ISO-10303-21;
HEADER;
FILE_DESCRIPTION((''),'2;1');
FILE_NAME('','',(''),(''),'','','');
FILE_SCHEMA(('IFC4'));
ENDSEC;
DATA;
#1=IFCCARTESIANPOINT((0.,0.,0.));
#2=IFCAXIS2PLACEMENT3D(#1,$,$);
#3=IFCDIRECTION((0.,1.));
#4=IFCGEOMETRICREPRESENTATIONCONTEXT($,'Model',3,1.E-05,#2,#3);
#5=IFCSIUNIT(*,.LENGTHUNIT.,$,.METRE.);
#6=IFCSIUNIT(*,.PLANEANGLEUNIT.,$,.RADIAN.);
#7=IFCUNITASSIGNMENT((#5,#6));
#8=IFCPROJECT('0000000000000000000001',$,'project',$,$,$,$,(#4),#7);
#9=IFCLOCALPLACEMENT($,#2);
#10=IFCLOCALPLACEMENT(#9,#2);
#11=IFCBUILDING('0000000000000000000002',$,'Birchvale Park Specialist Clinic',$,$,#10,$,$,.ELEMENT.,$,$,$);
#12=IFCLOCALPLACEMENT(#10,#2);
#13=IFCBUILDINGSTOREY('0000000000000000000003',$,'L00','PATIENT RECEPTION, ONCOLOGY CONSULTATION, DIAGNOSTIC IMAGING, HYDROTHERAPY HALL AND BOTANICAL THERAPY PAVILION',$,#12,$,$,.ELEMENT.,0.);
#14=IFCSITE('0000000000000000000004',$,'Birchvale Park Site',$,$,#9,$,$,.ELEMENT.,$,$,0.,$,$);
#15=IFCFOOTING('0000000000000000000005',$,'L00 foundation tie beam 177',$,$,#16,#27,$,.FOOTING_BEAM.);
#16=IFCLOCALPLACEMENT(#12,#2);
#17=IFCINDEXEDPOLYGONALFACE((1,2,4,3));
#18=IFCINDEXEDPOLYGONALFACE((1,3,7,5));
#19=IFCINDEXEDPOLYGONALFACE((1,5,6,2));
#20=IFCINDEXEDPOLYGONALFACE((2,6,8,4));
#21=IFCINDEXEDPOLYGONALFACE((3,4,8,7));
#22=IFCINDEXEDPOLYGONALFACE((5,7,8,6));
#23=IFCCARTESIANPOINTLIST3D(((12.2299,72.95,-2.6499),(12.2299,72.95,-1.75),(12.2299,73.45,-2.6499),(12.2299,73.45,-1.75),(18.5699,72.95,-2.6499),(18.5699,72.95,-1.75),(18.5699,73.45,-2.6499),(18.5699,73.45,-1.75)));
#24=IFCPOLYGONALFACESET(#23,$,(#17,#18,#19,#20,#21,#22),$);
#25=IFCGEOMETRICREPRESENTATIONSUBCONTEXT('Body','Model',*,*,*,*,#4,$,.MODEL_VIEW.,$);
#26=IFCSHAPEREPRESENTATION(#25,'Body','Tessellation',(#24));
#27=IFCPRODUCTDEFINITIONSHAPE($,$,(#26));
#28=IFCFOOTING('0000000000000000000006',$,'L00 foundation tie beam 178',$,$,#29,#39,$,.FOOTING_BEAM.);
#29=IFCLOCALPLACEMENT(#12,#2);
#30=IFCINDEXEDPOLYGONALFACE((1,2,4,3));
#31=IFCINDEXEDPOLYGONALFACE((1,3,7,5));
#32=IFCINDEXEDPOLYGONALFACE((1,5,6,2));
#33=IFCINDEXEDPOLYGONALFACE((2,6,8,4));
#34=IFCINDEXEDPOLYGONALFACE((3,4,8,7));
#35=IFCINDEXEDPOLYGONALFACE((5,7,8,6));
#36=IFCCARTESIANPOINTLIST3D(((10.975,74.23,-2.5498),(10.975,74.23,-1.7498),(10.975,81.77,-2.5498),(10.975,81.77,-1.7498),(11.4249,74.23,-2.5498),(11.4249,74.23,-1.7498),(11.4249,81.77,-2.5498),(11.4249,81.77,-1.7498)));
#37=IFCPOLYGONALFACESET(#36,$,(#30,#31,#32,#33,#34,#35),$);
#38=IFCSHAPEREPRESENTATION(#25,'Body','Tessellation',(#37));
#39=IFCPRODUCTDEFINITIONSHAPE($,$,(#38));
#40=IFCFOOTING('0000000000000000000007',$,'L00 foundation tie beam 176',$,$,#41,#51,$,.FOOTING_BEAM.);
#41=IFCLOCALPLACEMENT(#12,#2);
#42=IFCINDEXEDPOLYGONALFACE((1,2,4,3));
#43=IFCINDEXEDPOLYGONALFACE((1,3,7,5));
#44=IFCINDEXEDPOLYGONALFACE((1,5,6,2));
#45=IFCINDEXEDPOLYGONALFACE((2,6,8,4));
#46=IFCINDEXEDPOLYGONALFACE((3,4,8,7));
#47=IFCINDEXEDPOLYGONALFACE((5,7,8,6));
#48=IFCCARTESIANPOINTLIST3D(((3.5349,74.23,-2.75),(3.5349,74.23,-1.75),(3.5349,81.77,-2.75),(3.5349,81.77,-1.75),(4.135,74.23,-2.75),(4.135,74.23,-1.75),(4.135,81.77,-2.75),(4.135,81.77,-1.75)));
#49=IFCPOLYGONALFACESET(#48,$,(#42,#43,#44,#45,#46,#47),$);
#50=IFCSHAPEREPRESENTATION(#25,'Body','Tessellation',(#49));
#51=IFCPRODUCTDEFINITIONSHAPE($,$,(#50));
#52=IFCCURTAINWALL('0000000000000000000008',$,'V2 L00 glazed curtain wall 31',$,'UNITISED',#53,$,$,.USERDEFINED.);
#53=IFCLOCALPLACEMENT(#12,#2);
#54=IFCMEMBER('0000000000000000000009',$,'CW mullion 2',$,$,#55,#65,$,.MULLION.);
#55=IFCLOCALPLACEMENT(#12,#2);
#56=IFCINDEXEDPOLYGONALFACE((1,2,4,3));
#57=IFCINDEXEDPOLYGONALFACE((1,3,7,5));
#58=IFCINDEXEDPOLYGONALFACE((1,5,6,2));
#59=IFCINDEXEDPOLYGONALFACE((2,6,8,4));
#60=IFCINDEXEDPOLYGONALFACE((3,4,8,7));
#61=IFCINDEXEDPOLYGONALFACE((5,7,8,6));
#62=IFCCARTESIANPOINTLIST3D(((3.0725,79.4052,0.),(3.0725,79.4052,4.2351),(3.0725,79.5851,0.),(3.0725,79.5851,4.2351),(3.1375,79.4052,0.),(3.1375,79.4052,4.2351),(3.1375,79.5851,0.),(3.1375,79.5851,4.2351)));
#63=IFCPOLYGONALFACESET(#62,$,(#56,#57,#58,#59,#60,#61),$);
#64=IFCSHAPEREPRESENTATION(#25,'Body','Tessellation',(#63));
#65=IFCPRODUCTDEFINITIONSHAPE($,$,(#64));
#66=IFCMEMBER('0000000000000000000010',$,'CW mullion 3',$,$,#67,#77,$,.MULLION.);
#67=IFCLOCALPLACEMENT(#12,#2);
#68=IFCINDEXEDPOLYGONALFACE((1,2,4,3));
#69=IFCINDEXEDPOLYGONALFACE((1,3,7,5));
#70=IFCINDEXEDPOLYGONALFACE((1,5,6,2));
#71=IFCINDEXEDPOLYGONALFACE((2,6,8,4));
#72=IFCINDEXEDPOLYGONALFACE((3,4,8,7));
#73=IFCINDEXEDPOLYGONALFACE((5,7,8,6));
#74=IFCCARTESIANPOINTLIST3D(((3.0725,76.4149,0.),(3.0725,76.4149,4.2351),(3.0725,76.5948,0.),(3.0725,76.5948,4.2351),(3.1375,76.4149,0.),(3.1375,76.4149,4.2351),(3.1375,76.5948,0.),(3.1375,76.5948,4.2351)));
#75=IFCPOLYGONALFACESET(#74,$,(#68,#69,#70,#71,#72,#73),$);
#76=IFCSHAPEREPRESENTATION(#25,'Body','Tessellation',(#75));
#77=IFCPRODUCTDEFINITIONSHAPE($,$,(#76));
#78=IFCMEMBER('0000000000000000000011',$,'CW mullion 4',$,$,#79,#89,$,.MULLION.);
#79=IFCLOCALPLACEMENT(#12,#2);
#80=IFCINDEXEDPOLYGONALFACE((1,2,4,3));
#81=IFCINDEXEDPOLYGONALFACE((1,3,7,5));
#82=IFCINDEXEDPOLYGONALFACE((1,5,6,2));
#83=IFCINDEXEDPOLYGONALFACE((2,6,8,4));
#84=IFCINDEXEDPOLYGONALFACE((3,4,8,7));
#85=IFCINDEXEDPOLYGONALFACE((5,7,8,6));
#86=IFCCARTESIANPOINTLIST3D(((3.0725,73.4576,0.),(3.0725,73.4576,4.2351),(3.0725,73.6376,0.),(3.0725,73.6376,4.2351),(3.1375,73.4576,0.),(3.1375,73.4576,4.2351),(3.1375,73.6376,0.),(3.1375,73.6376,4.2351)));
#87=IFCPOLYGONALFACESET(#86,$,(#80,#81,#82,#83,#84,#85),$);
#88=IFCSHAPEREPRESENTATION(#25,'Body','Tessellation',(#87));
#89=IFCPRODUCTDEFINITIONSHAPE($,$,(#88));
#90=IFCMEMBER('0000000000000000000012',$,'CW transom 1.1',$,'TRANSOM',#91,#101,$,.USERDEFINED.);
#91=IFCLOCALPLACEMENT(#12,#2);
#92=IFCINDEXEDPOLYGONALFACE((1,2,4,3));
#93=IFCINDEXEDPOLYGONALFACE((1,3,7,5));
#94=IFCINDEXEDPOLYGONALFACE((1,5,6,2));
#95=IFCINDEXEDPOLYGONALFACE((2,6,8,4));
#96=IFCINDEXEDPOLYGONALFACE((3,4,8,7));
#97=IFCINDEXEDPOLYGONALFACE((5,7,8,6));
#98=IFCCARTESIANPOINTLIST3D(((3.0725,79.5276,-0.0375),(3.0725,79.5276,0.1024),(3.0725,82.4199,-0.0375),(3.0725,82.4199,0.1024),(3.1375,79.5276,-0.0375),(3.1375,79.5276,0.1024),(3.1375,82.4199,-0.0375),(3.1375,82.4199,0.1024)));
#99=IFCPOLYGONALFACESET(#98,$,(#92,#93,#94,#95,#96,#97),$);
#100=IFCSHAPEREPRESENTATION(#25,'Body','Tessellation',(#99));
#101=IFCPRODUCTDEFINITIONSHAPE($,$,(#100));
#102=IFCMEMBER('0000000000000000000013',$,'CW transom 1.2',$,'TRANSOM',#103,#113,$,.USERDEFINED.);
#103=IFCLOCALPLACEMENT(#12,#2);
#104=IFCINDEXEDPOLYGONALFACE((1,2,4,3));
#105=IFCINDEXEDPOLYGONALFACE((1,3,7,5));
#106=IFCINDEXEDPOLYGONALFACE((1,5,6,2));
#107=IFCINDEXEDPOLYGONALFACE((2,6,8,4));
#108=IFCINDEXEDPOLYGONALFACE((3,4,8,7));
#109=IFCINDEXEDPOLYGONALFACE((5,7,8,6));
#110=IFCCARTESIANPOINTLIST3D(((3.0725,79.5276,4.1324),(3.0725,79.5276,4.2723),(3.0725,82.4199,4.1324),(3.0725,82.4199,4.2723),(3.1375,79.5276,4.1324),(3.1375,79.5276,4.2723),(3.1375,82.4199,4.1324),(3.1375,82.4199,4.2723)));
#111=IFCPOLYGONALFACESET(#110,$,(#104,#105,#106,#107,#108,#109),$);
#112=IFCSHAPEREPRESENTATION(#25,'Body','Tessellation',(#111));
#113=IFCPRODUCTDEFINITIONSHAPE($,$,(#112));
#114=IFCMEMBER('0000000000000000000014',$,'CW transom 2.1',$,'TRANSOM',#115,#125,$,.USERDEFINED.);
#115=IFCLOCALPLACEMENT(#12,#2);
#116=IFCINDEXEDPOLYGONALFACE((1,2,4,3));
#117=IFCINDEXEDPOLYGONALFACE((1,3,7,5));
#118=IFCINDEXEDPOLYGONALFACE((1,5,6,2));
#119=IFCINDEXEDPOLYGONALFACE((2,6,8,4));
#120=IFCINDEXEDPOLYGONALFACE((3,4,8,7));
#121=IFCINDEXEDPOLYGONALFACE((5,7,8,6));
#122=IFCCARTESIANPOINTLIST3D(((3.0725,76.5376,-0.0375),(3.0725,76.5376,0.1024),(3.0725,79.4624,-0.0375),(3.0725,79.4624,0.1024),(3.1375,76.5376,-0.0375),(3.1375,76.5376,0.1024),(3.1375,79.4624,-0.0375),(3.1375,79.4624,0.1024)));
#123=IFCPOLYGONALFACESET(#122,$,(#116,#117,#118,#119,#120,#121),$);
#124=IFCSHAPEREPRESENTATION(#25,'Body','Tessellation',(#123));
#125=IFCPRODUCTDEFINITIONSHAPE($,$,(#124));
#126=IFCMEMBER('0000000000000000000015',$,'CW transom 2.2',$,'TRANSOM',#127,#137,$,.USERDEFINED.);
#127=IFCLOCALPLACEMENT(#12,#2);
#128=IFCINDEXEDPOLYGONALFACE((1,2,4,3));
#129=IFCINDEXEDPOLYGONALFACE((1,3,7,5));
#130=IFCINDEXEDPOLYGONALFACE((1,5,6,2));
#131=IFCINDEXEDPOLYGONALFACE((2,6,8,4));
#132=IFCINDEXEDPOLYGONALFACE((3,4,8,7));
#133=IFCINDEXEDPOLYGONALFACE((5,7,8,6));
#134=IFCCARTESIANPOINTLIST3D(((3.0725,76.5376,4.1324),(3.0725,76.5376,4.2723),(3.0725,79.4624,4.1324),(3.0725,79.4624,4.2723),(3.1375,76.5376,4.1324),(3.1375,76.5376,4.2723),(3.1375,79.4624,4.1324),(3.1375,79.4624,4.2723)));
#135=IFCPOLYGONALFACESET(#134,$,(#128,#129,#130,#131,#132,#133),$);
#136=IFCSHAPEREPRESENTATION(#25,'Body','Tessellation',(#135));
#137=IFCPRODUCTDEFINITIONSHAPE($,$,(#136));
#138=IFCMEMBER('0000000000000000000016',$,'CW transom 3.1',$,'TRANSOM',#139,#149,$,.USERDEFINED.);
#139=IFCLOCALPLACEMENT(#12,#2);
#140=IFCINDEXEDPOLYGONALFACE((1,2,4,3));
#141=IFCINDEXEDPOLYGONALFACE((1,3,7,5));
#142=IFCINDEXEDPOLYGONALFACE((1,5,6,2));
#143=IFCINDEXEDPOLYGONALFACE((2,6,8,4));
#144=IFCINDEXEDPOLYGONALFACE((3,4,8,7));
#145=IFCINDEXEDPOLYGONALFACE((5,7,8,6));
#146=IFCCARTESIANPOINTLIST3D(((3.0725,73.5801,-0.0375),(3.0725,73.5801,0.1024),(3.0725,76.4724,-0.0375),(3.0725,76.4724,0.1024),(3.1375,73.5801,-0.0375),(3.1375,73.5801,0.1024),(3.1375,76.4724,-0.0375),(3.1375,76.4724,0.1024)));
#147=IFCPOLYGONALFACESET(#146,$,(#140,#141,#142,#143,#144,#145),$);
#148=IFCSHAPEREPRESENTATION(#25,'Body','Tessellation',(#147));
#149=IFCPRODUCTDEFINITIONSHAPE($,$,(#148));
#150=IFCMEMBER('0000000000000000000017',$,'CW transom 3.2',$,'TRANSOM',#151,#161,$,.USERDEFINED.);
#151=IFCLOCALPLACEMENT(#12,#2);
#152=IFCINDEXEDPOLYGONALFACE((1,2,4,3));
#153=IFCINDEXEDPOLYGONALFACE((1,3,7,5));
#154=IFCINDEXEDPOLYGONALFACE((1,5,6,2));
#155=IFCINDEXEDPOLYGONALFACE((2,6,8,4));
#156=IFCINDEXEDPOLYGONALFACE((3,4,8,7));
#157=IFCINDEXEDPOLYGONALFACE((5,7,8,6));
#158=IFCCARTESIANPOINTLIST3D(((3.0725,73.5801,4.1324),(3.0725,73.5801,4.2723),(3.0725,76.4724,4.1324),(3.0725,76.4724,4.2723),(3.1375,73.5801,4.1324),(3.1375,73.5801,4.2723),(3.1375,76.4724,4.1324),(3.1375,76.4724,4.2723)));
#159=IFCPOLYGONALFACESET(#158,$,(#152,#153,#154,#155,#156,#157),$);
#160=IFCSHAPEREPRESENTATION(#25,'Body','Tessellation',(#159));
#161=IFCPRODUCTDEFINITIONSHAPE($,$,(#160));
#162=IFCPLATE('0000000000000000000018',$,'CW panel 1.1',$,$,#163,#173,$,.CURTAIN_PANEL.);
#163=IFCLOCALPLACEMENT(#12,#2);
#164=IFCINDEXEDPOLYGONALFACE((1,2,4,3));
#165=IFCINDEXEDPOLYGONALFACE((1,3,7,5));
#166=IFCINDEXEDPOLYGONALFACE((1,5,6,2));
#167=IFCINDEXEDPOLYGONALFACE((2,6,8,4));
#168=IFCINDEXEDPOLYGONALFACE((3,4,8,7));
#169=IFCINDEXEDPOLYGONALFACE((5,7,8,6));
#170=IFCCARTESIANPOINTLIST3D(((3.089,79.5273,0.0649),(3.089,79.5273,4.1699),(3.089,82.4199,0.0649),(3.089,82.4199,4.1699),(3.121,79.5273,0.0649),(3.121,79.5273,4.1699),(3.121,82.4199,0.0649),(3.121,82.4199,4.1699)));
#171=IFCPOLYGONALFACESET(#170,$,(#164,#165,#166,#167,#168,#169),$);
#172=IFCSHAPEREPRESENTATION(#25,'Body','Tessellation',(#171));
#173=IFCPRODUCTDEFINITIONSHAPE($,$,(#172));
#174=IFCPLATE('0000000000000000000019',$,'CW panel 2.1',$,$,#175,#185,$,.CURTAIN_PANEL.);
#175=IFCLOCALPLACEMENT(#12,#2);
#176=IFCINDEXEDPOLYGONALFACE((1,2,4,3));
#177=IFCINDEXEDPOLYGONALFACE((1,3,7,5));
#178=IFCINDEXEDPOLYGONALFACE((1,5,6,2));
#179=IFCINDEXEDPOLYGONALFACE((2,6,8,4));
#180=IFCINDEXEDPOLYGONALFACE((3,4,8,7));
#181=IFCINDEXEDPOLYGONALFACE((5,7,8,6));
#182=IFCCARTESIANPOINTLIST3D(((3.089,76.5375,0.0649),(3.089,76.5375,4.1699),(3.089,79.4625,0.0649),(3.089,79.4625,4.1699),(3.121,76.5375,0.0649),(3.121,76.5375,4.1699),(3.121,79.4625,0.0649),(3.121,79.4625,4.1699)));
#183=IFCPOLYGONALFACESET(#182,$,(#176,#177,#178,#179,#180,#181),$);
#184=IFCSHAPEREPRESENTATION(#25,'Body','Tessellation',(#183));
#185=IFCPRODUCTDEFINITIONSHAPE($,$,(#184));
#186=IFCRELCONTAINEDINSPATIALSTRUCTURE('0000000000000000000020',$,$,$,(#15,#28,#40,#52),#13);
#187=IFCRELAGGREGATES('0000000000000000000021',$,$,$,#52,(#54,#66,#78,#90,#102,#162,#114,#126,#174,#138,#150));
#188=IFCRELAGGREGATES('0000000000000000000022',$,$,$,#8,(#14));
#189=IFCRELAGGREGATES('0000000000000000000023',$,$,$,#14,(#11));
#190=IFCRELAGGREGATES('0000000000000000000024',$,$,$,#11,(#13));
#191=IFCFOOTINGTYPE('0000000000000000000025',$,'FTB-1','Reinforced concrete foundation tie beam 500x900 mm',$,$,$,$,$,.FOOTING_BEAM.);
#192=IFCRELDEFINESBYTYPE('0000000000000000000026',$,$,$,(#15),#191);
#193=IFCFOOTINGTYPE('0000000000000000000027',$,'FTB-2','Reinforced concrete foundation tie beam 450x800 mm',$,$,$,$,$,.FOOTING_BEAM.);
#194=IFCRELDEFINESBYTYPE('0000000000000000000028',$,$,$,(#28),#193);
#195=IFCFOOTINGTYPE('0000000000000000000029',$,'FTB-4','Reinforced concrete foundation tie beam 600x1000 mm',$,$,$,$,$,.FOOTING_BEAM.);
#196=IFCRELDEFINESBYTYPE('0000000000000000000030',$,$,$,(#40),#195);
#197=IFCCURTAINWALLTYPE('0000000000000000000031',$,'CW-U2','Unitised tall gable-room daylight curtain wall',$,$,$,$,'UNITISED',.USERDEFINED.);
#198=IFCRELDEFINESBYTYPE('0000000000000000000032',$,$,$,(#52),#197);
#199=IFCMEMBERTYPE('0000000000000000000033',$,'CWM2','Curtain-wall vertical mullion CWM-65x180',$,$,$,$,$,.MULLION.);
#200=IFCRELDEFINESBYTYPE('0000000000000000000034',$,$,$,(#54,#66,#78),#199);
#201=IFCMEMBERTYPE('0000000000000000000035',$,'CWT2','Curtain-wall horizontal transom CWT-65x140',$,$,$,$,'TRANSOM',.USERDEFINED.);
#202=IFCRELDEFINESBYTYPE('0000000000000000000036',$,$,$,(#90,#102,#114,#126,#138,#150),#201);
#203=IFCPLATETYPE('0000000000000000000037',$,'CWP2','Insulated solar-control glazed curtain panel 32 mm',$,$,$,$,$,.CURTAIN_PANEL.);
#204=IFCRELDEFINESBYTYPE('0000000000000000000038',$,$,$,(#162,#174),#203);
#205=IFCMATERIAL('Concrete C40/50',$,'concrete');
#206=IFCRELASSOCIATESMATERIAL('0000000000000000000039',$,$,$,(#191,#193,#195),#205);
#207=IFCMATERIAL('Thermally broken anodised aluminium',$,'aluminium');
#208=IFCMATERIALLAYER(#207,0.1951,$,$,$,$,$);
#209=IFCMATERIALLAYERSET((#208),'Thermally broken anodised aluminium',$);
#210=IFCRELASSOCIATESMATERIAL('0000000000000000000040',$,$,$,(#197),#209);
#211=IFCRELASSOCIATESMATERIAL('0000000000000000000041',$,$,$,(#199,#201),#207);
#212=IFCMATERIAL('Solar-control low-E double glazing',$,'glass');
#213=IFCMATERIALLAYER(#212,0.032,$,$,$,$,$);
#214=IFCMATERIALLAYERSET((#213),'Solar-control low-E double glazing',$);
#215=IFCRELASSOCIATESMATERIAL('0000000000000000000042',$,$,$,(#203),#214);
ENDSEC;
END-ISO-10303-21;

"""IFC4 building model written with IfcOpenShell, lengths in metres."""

from ifc_helpers import new_model, si_unit, direction, frame, origin, origin_2d, place, context, subcontext, project, spatial, rectangle, extrude, material, layer, layer_set, material_profile, profile_set, type_object, element, aggregate, save


model = new_model("IFC4")

# Units and contexts
model_context = context("Model", 3, precision=1e-05, world=origin(), true_north=direction((0.0, 1.0)))
body_context = subcontext(model_context, "Body", "Model", "MODEL_VIEW")
ifc_project = project(units=[si_unit("LENGTHUNIT", "METRE"), si_unit("PLANEANGLEUNIT", "RADIAN")], contexts=[model_context])

# Site, building, storey
site_placement = place(None, origin())
site = spatial("IfcSite", under=ifc_project, at=site_placement, Name="Birchvale Park Site", CompositionType="ELEMENT", RefElevation=0.0)
building_placement = place(site_placement, origin())
building = spatial("IfcBuilding", under=site, at=building_placement, Name="Birchvale Park Specialist Clinic", CompositionType="ELEMENT")
storey_placement = place(building_placement, origin())
storey = spatial("IfcBuildingStorey", under=building, at=storey_placement, Name="L00", Description="PATIENT RECEPTION, ONCOLOGY CONSULTATION, DIAGNOSTIC IMAGING, HYDROTHERAPY HALL AND BOTANICAL THERAPY PAVILION", CompositionType="ELEMENT", Elevation=0.0)

# Footings
ifc_material_1 = material(Name="Concrete C40/50", Category="concrete")
footing_type_1 = type_object("IfcFootingType", Name="FTB-1", Description="Reinforced concrete foundation tie beam 500x900 mm", PredefinedType="FOOTING_BEAM", material=ifc_material_1)
footing_1_placement = place(storey_placement, frame((15.3999, 73.2, -2.6499), z_axis=(0.0, 0.0, 1.0), x_axis=(1.0, 0.0, 0.0)))
element("IfcFooting", 1, at=footing_1_placement, inside=storey, type_object=footing_type_1, Name="L00 foundation tie beam 177", PredefinedType="FOOTING_BEAM", context=body_context, shape_type="SweptSolid", body=[
    extrude(rectangle(XDim=6.3401, YDim=0.5, at=origin_2d()), origin(), (0.0, 0.0, 1.0), 0.8999),
])
footing_type_2 = type_object("IfcFootingType", Name="FTB-2", Description="Reinforced concrete foundation tie beam 450x800 mm", PredefinedType="FOOTING_BEAM", material=ifc_material_1)
footing_2_placement = place(storey_placement, frame((11.2, 78.0, -2.5498), z_axis=(0.0, 0.0, 1.0), x_axis=(1.0, 0.0, 0.0)))
element("IfcFooting", 2, at=footing_2_placement, inside=storey, type_object=footing_type_2, Name="L00 foundation tie beam 178", PredefinedType="FOOTING_BEAM", context=body_context, shape_type="SweptSolid", body=[
    extrude(rectangle(XDim=0.45, YDim=7.54, at=origin_2d()), origin(), (0.0, 0.0, 1.0), 0.8),
])
footing_type_3 = type_object("IfcFootingType", Name="FTB-4", Description="Reinforced concrete foundation tie beam 600x1000 mm", PredefinedType="FOOTING_BEAM", material=ifc_material_1)
footing_3_placement = place(storey_placement, frame((3.835, 78.0, -2.75), z_axis=(0.0, 0.0, 1.0), x_axis=(1.0, 0.0, 0.0)))
element("IfcFooting", 3, at=footing_3_placement, inside=storey, type_object=footing_type_3, Name="L00 foundation tie beam 176", PredefinedType="FOOTING_BEAM", context=body_context, shape_type="SweptSolid", body=[
    extrude(rectangle(XDim=0.6001, YDim=7.54, at=origin_2d()), origin(), (0.0, 0.0, 1.0), 1.0),
])

# Curtain wall, members, plates
ifc_material_2 = material(Name="Thermally broken anodised aluminium", Category="aluminium")
ifc_layer_1 = layer(ifc_material_2, 0.1951)
ifc_layer_set_1 = layer_set([ifc_layer_1], Name="Thermally broken anodised aluminium")
curtain_wall_type = type_object("IfcCurtainWallType", Name="CW-U2", Description="Unitised tall gable-room daylight curtain wall", ElementType="UNITISED", PredefinedType="USERDEFINED", material=ifc_layer_set_1)
curtain_wall_placement = place(storey_placement, origin())
curtain_wall = element("IfcCurtainWall", 4, at=curtain_wall_placement, inside=storey, type_object=curtain_wall_type, Name="V2 L00 glazed curtain wall 31", ObjectType="UNITISED", PredefinedType="USERDEFINED")
ifc_material_profile_1 = material_profile(ifc_material_2, rectangle(XDim=0.0649, YDim=0.1799, at=origin_2d()), Name="CWM-65x180")
ifc_profile_set_1 = profile_set([ifc_material_profile_1], Name="Thermally broken anodised aluminium")
member_type_1 = type_object("IfcMemberType", Name="CWM2", Description="Curtain-wall vertical mullion CWM-65x180", PredefinedType="MULLION", material=ifc_profile_set_1)
member_1_placement = place(storey_placement, frame((3.105, 79.4951, 0.0), z_axis=(0.0, 0.0, 1.0), x_axis=(1.0, 0.0, 0.0)))
member_1 = element("IfcMember", 5, at=member_1_placement, type_object=member_type_1, Name="CW mullion 2", PredefinedType="MULLION", context=body_context, shape_type="SweptSolid", body=[
    extrude(rectangle(XDim=0.0649, YDim=0.1799, at=origin_2d()), origin(), (0.0, 0.0, 1.0), 4.2351),
])
member_2_placement = place(storey_placement, frame((3.105, 76.5049, 0.0), z_axis=(0.0, 0.0, 1.0), x_axis=(1.0, 0.0, 0.0)))
member_2 = element("IfcMember", 6, at=member_2_placement, type_object=member_type_1, Name="CW mullion 3", PredefinedType="MULLION", context=body_context, shape_type="SweptSolid", body=[
    extrude(rectangle(XDim=0.0649, YDim=0.1799, at=origin_2d()), origin(), (0.0, 0.0, 1.0), 4.2351),
])
member_3_placement = place(storey_placement, frame((3.105, 73.5476, 0.0), z_axis=(0.0, 0.0, 1.0), x_axis=(1.0, 0.0, 0.0)))
member_3 = element("IfcMember", 7, at=member_3_placement, type_object=member_type_1, Name="CW mullion 4", PredefinedType="MULLION", context=body_context, shape_type="SweptSolid", body=[
    extrude(rectangle(XDim=0.0649, YDim=0.1799, at=origin_2d()), origin(), (0.0, 0.0, 1.0), 4.2351),
])
ifc_material_profile_2 = material_profile(ifc_material_2, rectangle(XDim=0.0649, YDim=0.1399, at=origin_2d()), Name="CWT-65x140")
ifc_profile_set_2 = profile_set([ifc_material_profile_2], Name="Thermally broken anodised aluminium")
member_type_2 = type_object("IfcMemberType", Name="CWT2", Description="Curtain-wall horizontal transom CWT-65x140", ElementType="TRANSOM", PredefinedType="USERDEFINED", material=ifc_profile_set_2)
member_4_placement = place(storey_placement, frame((3.105, 82.4199, 0.0325), z_axis=(0.0, -1.0, 0.0), x_axis=(1.0, 0.0, 0.0)))
member_4 = element("IfcMember", 8, at=member_4_placement, type_object=member_type_2, Name="CW transom 1.1", ObjectType="TRANSOM", PredefinedType="USERDEFINED", context=body_context, shape_type="SweptSolid", body=[
    extrude(rectangle(XDim=0.0649, YDim=0.1399, at=origin_2d()), origin(), (0.0, 0.0, 1.0), 2.8923),
])
member_5_placement = place(storey_placement, frame((3.105, 82.4199, 4.2024), z_axis=(0.0, -1.0, 0.0), x_axis=(1.0, 0.0, 0.0)))
member_5 = element("IfcMember", 9, at=member_5_placement, type_object=member_type_2, Name="CW transom 1.2", ObjectType="TRANSOM", PredefinedType="USERDEFINED", context=body_context, shape_type="SweptSolid", body=[
    extrude(rectangle(XDim=0.0649, YDim=0.1399, at=origin_2d()), origin(), (0.0, 0.0, 1.0), 2.8923),
])
member_6_placement = place(storey_placement, frame((3.105, 79.4624, 0.0325), z_axis=(0.0, -1.0, 0.0), x_axis=(1.0, 0.0, 0.0)))
member_6 = element("IfcMember", 10, at=member_6_placement, type_object=member_type_2, Name="CW transom 2.1", ObjectType="TRANSOM", PredefinedType="USERDEFINED", context=body_context, shape_type="SweptSolid", body=[
    extrude(rectangle(XDim=0.0649, YDim=0.1399, at=origin_2d()), origin(), (0.0, 0.0, 1.0), 2.9248),
])
member_7_placement = place(storey_placement, frame((3.105, 79.4624, 4.2024), z_axis=(0.0, -1.0, 0.0), x_axis=(1.0, 0.0, 0.0)))
member_7 = element("IfcMember", 11, at=member_7_placement, type_object=member_type_2, Name="CW transom 2.2", ObjectType="TRANSOM", PredefinedType="USERDEFINED", context=body_context, shape_type="SweptSolid", body=[
    extrude(rectangle(XDim=0.0649, YDim=0.1399, at=origin_2d()), origin(), (0.0, 0.0, 1.0), 2.9248),
])
member_8_placement = place(storey_placement, frame((3.105, 76.4724, 0.0325), z_axis=(0.0, -1.0, 0.0), x_axis=(1.0, 0.0, 0.0)))
member_8 = element("IfcMember", 12, at=member_8_placement, type_object=member_type_2, Name="CW transom 3.1", ObjectType="TRANSOM", PredefinedType="USERDEFINED", context=body_context, shape_type="SweptSolid", body=[
    extrude(rectangle(XDim=0.0649, YDim=0.1399, at=origin_2d()), origin(), (0.0, 0.0, 1.0), 2.8923),
])
member_9_placement = place(storey_placement, frame((3.105, 76.4724, 4.2024), z_axis=(0.0, -1.0, 0.0), x_axis=(1.0, 0.0, 0.0)))
member_9 = element("IfcMember", 13, at=member_9_placement, type_object=member_type_2, Name="CW transom 3.2", ObjectType="TRANSOM", PredefinedType="USERDEFINED", context=body_context, shape_type="SweptSolid", body=[
    extrude(rectangle(XDim=0.0649, YDim=0.1399, at=origin_2d()), origin(), (0.0, 0.0, 1.0), 2.8923),
])
ifc_material_3 = material(Name="Solar-control low-E double glazing", Category="glass")
ifc_layer_2 = layer(ifc_material_3, 0.032)
ifc_layer_set_2 = layer_set([ifc_layer_2], Name="Solar-control low-E double glazing")
plate_type = type_object("IfcPlateType", Name="CWP2", Description="Insulated solar-control glazed curtain panel 32 mm", PredefinedType="CURTAIN_PANEL", material=ifc_layer_set_2)
plate_1_placement = place(storey_placement, frame((3.105, 80.9736, 0.0649), z_axis=(0.0, 0.0, 1.0), x_axis=(0.0, -1.0, 0.0)))
plate_1 = element("IfcPlate", 14, at=plate_1_placement, type_object=plate_type, Name="CW panel 1.1", PredefinedType="CURTAIN_PANEL", context=body_context, shape_type="SweptSolid", body=[
    extrude(rectangle(XDim=2.8926, YDim=0.032, at=origin_2d()), origin(), (0.0, 0.0, 1.0), 4.105),
])
plate_2_placement = place(storey_placement, frame((3.105, 78.0, 0.0649), z_axis=(0.0, 0.0, 1.0), x_axis=(0.0, -1.0, 0.0)))
plate_2 = element("IfcPlate", 15, at=plate_2_placement, type_object=plate_type, Name="CW panel 2.1", PredefinedType="CURTAIN_PANEL", context=body_context, shape_type="SweptSolid", body=[
    extrude(rectangle(XDim=2.925, YDim=0.032, at=origin_2d()), origin(), (0.0, 0.0, 1.0), 4.105),
])
aggregate(curtain_wall, [member_1, member_2, member_3, member_4, member_5, plate_1, member_6, member_7, plate_2, member_8, member_9])

save(model, "model.ifc")
